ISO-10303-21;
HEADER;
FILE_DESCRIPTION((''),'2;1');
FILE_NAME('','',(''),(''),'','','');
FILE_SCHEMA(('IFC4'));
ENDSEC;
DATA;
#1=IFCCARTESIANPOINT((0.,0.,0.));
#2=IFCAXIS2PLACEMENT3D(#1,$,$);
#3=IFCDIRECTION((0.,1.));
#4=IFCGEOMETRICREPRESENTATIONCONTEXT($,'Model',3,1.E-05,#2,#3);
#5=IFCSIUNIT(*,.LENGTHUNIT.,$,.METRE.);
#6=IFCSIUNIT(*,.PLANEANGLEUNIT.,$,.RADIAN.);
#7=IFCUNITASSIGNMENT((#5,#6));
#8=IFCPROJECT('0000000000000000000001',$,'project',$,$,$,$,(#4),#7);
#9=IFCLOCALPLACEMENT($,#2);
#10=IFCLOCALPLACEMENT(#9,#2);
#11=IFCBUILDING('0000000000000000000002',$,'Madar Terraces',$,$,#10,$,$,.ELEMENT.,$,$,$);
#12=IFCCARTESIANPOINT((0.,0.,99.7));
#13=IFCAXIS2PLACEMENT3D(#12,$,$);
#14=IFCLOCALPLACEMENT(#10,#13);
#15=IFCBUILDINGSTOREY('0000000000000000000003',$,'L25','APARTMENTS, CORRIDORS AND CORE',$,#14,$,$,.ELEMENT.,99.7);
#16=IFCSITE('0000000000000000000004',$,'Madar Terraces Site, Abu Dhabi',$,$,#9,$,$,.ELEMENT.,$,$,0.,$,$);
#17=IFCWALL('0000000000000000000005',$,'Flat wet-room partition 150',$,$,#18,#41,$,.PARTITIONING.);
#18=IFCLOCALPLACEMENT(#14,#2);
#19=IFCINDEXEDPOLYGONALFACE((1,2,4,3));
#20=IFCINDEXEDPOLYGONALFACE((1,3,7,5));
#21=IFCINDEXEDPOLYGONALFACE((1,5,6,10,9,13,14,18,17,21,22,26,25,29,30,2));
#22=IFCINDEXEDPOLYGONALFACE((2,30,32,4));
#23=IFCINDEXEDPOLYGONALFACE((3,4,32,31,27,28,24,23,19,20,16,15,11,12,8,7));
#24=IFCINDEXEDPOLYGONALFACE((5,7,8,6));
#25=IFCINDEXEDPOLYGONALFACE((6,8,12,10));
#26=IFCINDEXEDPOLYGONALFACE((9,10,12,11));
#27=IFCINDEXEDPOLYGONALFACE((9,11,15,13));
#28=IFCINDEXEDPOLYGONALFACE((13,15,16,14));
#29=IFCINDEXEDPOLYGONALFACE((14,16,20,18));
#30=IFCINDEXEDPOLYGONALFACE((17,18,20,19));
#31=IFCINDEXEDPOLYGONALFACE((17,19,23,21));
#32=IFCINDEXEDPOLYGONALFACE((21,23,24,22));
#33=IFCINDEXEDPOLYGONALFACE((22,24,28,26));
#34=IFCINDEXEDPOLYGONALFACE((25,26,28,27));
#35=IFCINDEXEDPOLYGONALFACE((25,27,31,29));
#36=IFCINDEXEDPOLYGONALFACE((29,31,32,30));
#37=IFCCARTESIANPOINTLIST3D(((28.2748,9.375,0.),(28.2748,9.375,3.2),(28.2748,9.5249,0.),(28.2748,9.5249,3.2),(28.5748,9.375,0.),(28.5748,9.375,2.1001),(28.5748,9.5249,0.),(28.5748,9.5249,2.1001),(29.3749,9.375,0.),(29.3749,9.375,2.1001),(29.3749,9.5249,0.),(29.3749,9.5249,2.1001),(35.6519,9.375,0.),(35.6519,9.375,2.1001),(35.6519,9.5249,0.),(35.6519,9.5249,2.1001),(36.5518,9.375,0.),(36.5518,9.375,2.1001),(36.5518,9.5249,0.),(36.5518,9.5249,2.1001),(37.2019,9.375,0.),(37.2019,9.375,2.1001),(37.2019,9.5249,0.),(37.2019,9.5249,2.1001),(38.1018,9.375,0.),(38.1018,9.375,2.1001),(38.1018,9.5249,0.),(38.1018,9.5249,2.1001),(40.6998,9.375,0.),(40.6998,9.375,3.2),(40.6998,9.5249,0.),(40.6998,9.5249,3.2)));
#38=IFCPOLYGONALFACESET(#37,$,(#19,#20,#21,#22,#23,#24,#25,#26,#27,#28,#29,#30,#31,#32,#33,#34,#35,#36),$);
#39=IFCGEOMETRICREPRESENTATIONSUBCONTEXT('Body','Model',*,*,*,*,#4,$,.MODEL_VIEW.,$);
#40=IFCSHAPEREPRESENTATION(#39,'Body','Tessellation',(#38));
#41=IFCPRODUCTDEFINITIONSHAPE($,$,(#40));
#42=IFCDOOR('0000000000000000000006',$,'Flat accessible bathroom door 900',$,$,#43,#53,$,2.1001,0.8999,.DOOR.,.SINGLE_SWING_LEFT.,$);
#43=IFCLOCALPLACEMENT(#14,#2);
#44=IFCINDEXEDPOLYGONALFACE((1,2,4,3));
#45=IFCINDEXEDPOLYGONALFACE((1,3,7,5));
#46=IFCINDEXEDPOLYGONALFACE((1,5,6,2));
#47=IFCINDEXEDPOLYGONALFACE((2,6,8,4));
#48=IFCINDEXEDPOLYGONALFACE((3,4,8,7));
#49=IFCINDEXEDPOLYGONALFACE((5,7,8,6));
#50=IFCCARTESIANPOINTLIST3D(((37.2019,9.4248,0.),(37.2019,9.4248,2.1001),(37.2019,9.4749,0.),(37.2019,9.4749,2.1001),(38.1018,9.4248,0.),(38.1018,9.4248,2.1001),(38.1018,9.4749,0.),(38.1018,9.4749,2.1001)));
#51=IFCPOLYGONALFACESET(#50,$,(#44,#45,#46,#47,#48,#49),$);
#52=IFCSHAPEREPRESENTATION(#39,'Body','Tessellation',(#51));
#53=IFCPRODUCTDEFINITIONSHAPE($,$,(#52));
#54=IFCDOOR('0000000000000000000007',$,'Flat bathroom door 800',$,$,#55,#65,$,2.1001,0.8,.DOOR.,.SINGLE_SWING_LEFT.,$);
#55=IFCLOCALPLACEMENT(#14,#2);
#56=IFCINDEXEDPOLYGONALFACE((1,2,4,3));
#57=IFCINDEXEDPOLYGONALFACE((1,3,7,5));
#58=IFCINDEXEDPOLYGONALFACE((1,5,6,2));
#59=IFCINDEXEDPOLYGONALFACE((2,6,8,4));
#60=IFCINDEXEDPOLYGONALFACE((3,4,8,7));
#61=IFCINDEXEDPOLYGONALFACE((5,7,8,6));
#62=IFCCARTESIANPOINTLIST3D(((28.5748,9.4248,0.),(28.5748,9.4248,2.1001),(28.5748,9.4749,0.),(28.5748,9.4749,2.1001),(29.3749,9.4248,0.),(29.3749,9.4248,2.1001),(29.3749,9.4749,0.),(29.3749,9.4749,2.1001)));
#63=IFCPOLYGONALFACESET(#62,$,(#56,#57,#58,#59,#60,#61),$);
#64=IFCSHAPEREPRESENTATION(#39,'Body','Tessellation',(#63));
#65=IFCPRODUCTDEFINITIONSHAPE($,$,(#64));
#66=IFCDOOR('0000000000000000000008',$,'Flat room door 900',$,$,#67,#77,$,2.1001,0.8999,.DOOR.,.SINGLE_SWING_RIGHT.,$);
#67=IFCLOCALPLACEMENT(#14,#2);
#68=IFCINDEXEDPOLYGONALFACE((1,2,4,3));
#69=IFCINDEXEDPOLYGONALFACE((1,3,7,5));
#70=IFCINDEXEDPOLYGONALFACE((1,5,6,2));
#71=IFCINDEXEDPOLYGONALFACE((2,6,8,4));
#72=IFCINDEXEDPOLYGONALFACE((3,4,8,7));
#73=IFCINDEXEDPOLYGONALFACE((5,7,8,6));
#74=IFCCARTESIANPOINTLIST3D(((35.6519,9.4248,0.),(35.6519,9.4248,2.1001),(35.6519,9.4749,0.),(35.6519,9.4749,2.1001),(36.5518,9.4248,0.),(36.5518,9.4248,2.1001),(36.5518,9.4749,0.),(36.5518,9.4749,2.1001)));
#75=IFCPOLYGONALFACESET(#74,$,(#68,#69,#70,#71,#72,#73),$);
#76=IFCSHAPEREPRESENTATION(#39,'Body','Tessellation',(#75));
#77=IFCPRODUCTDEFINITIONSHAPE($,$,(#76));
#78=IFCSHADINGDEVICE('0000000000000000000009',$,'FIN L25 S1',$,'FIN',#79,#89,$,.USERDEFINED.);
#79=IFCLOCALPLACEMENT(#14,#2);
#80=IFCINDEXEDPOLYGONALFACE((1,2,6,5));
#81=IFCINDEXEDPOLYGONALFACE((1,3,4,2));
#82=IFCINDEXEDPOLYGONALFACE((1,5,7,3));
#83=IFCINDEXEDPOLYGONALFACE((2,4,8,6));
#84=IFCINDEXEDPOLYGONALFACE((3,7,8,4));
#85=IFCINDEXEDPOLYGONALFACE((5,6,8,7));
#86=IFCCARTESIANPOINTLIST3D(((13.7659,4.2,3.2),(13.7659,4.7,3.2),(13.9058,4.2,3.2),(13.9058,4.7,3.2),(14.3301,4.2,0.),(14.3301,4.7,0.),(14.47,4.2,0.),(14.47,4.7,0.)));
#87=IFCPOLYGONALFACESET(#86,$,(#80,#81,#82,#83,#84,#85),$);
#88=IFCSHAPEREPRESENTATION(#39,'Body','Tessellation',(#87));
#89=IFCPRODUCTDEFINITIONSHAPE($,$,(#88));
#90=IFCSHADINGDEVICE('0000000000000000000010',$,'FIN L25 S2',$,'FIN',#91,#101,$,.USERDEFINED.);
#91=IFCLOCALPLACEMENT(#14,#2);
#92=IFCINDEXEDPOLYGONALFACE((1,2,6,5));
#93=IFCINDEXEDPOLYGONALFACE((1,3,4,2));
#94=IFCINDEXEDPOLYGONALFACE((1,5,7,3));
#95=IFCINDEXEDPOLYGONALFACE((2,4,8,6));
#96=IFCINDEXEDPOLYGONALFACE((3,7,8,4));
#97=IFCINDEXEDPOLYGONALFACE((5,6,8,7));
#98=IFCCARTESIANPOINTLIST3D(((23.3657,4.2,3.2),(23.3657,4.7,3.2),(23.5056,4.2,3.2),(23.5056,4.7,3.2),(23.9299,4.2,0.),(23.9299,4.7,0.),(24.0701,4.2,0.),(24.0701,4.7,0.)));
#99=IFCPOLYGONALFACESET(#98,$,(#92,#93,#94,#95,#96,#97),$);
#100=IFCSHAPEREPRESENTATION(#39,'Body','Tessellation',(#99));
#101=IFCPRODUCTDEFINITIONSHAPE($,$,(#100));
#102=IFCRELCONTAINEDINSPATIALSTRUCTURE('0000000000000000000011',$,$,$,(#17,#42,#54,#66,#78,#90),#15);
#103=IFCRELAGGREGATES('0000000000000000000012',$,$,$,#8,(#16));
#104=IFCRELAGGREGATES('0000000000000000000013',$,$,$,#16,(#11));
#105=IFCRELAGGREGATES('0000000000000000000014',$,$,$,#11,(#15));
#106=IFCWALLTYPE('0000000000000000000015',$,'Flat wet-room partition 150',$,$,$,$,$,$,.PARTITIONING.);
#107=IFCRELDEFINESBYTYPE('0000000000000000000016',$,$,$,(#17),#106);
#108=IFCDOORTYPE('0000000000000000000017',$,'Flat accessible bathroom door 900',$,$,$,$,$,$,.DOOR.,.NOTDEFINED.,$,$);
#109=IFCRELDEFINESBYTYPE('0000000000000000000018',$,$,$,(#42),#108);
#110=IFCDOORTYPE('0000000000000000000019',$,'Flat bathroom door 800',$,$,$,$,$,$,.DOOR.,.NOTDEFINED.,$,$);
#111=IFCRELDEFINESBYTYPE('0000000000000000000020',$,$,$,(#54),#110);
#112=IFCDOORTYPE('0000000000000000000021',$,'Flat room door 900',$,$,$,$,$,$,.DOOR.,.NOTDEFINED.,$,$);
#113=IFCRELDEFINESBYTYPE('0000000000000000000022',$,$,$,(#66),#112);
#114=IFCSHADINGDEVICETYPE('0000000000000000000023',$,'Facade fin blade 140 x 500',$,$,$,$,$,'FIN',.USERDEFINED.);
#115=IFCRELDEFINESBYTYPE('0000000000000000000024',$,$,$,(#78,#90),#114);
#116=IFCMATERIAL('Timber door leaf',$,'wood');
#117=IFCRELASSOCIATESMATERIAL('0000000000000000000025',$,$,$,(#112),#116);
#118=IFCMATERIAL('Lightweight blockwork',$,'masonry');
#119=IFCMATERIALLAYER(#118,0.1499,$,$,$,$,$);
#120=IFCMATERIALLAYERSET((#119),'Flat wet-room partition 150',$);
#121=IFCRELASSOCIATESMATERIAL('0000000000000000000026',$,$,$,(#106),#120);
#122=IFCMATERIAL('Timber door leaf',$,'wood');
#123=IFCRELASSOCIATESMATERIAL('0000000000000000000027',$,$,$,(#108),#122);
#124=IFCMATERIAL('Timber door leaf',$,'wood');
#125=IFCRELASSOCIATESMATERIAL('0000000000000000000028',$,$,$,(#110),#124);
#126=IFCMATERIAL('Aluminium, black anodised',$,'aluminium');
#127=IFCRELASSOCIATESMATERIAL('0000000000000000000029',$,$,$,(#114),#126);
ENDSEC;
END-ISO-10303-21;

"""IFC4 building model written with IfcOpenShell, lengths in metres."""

from ifc_helpers import new_model, si_unit, direction, frame, frame_2d, origin, place, context, subcontext, project, spatial, polyline, rectangle, outline, extrude, material, layer, layer_set, type_object, element, fill, save


model = new_model("IFC4")

# Units and contexts
model_context = context("Model", 3, precision=1e-05, world=origin(), true_north=direction((0.0, 1.0)))
body_context = subcontext(model_context, "Body", "Model", "MODEL_VIEW")
ifc_project = project(units=[si_unit("LENGTHUNIT", "METRE"), si_unit("PLANEANGLEUNIT", "RADIAN")], contexts=[model_context])

# Site, building, storey
site_placement = place(None, origin())
site = spatial("IfcSite", under=ifc_project, at=site_placement, Name="Madar Terraces Site, Abu Dhabi", CompositionType="ELEMENT", RefElevation=0.0)
building_placement = place(site_placement, origin())
building = spatial("IfcBuilding", under=site, at=building_placement, Name="Madar Terraces", CompositionType="ELEMENT")
storey_placement = place(building_placement, frame((0.0, 0.0, 99.7)))
storey = spatial("IfcBuildingStorey", under=building, at=storey_placement, Name="L25", Description="APARTMENTS, CORRIDORS AND CORE", CompositionType="ELEMENT", Elevation=99.7)

# Shared definitions
ifc_material_1 = material(Name="Timber door leaf", Category="wood")
door_type_1 = type_object("IfcDoorType", Name="Flat room door 900", OperationType="NOTDEFINED", PredefinedType="DOOR", material=ifc_material_1)

# Shared definitions
ifc_material_2 = material(Name="Lightweight blockwork", Category="masonry")
ifc_layer_1 = layer(ifc_material_2, 0.1499)
ifc_layer_set_1 = layer_set([ifc_layer_1], Name="Flat wet-room partition 150")
wall_type_1 = type_object("IfcWallType", Name="Flat wet-room partition 150", PredefinedType="PARTITIONING", material=ifc_layer_set_1)

# Wall, openings, doors
wall_1_placement = place(storey_placement, frame((28.2749, 9.45, 0.0), z_axis=(0.0, 0.0, 1.0), x_axis=(1.0, 0.0, 0.0)))
wall_1 = element("IfcWall", 1, at=wall_1_placement, inside=storey, type_object=wall_type_1, Name="Flat wet-room partition 150", PredefinedType="PARTITIONING", context=body_context, shape_type="SweptSolid", body=[
    extrude(rectangle(XDim=12.425, YDim=0.1499, at=frame_2d((6.2124, 0.0))), origin(), (0.0, 0.0, 1.0), 3.2),
])
opening_1_placement = place(wall_1_placement, frame((0.3, 0.0, 0.0)))
opening_1 = element("IfcOpeningElement", 2, at=opening_1_placement, cuts=wall_1, PredefinedType="OPENING", context=body_context, shape_type="SweptSolid", body=[
    extrude(rectangle(XDim=0.8, YDim=2.1001, at=frame_2d((0.3999, 1.05))), frame((0.0, 0.085, 0.0), z_axis=(0.0, -1.0, 0.0), x_axis=(1.0, 0.0, 0.0)), (0.0, 0.0, 1.0), 0.1699),
])
opening_2_placement = place(wall_1_placement, frame((7.377, 0.0, 0.0)))
opening_2 = element("IfcOpeningElement", 3, at=opening_2_placement, cuts=wall_1, PredefinedType="OPENING", context=body_context, shape_type="SweptSolid", body=[
    extrude(rectangle(XDim=0.8999, YDim=2.1001, at=frame_2d((0.45, 1.05))), frame((0.0, 0.085, 0.0), z_axis=(0.0, -1.0, 0.0), x_axis=(1.0, 0.0, 0.0)), (0.0, 0.0, 1.0), 0.1699),
])
opening_3_placement = place(wall_1_placement, frame((8.927, 0.0, 0.0)))
opening_3 = element("IfcOpeningElement", 4, at=opening_3_placement, cuts=wall_1, PredefinedType="OPENING", context=body_context, shape_type="SweptSolid", body=[
    extrude(rectangle(XDim=0.8999, YDim=2.1001, at=frame_2d((0.45, 1.05))), frame((0.0, 0.085, 0.0), z_axis=(0.0, -1.0, 0.0), x_axis=(1.0, 0.0, 0.0)), (0.0, 0.0, 1.0), 0.1699),
])
ifc_material_3 = material(Name="Timber door leaf", Category="wood")
door_type_2 = type_object("IfcDoorType", Name="Flat accessible bathroom door 900", OperationType="NOTDEFINED", PredefinedType="DOOR", material=ifc_material_3)
door_1_placement = place(opening_3_placement, origin())
door_1 = element("IfcDoor", 5, at=door_1_placement, inside=storey, type_object=door_type_2, Name="Flat accessible bathroom door 900", OperationType="SINGLE_SWING_LEFT", OverallHeight=2.1001, OverallWidth=0.8999, PredefinedType="DOOR", context=body_context, shape_type="SweptSolid", body=[
    extrude(rectangle(XDim=0.8999, YDim=2.1001, at=frame_2d((0.45, 1.05))), frame((0.0, 0.0249, 0.0), z_axis=(0.0, -1.0, 0.0), x_axis=(1.0, 0.0, 0.0)), (0.0, 0.0, 1.0), 0.05),
])
fill(opening_3, door_1)
ifc_material_4 = material(Name="Timber door leaf", Category="wood")
door_type_3 = type_object("IfcDoorType", Name="Flat bathroom door 800", OperationType="NOTDEFINED", PredefinedType="DOOR", material=ifc_material_4)
door_2_placement = place(opening_1_placement, origin())
door_2 = element("IfcDoor", 6, at=door_2_placement, inside=storey, type_object=door_type_3, Name="Flat bathroom door 800", OperationType="SINGLE_SWING_LEFT", OverallHeight=2.1001, OverallWidth=0.8, PredefinedType="DOOR", context=body_context, shape_type="SweptSolid", body=[
    extrude(rectangle(XDim=0.8, YDim=2.1001, at=frame_2d((0.3999, 1.05))), frame((0.0, 0.0249, 0.0), z_axis=(0.0, -1.0, 0.0), x_axis=(1.0, 0.0, 0.0)), (0.0, 0.0, 1.0), 0.05),
])
fill(opening_1, door_2)
door_3_placement = place(opening_2_placement, origin())
door_3 = element("IfcDoor", 7, at=door_3_placement, inside=storey, type_object=door_type_1, Name="Flat room door 900", OperationType="SINGLE_SWING_RIGHT", OverallHeight=2.1001, OverallWidth=0.8999, PredefinedType="DOOR", context=body_context, shape_type="SweptSolid", body=[
    extrude(rectangle(XDim=0.8999, YDim=2.1001, at=frame_2d((0.45, 1.05))), frame((0.0, 0.0249, 0.0), z_axis=(0.0, -1.0, 0.0), x_axis=(1.0, 0.0, 0.0)), (0.0, 0.0, 1.0), 0.05),
])
fill(opening_2, door_3)

# Shading devices
ifc_material_5 = material(Name="Aluminium, black anodised", Category="aluminium")
shading_device_type = type_object("IfcShadingDeviceType", Name="Facade fin blade 140 x 500", ElementType="FIN", PredefinedType="USERDEFINED", material=ifc_material_5)
shading_device_1_placement = place(storey_placement, frame((14.3301, 4.45, 0.0), z_axis=(0.0, 0.0, 1.0), x_axis=(1.0, 0.0, 0.0)))
element("IfcShadingDevice", 8, at=shading_device_1_placement, inside=storey, type_object=shading_device_type, Name="FIN L25 S1", ObjectType="FIN", PredefinedType="USERDEFINED", context=body_context, shape_type="SweptSolid", body=[
    extrude(outline(polyline([(0.0, 0.0), (0.1399, 0.0), (-0.4243, 3.2), (-0.5642, 3.2), (0.0, 0.0)])), frame((0.0, 0.25, 0.0), z_axis=(0.0, -1.0, 0.0), x_axis=(1.0, 0.0, 0.0)), (0.0, 0.0, 1.0), 0.5),
])
shading_device_2_placement = place(storey_placement, frame((23.9299, 4.45, 0.0), z_axis=(0.0, 0.0, 1.0), x_axis=(1.0, 0.0, 0.0)))
element("IfcShadingDevice", 9, at=shading_device_2_placement, inside=storey, type_object=shading_device_type, Name="FIN L25 S2", ObjectType="FIN", PredefinedType="USERDEFINED", context=body_context, shape_type="SweptSolid", body=[
    extrude(outline(polyline([(0.0, 0.0), (0.1401, 0.0), (-0.4243, 3.2), (-0.5642, 3.2), (0.0, 0.0)])), frame((0.0, 0.25, 0.0), z_axis=(0.0, -1.0, 0.0), x_axis=(1.0, 0.0, 0.0)), (0.0, 0.0, 1.0), 0.5),
])

save(model, "model.ifc")
